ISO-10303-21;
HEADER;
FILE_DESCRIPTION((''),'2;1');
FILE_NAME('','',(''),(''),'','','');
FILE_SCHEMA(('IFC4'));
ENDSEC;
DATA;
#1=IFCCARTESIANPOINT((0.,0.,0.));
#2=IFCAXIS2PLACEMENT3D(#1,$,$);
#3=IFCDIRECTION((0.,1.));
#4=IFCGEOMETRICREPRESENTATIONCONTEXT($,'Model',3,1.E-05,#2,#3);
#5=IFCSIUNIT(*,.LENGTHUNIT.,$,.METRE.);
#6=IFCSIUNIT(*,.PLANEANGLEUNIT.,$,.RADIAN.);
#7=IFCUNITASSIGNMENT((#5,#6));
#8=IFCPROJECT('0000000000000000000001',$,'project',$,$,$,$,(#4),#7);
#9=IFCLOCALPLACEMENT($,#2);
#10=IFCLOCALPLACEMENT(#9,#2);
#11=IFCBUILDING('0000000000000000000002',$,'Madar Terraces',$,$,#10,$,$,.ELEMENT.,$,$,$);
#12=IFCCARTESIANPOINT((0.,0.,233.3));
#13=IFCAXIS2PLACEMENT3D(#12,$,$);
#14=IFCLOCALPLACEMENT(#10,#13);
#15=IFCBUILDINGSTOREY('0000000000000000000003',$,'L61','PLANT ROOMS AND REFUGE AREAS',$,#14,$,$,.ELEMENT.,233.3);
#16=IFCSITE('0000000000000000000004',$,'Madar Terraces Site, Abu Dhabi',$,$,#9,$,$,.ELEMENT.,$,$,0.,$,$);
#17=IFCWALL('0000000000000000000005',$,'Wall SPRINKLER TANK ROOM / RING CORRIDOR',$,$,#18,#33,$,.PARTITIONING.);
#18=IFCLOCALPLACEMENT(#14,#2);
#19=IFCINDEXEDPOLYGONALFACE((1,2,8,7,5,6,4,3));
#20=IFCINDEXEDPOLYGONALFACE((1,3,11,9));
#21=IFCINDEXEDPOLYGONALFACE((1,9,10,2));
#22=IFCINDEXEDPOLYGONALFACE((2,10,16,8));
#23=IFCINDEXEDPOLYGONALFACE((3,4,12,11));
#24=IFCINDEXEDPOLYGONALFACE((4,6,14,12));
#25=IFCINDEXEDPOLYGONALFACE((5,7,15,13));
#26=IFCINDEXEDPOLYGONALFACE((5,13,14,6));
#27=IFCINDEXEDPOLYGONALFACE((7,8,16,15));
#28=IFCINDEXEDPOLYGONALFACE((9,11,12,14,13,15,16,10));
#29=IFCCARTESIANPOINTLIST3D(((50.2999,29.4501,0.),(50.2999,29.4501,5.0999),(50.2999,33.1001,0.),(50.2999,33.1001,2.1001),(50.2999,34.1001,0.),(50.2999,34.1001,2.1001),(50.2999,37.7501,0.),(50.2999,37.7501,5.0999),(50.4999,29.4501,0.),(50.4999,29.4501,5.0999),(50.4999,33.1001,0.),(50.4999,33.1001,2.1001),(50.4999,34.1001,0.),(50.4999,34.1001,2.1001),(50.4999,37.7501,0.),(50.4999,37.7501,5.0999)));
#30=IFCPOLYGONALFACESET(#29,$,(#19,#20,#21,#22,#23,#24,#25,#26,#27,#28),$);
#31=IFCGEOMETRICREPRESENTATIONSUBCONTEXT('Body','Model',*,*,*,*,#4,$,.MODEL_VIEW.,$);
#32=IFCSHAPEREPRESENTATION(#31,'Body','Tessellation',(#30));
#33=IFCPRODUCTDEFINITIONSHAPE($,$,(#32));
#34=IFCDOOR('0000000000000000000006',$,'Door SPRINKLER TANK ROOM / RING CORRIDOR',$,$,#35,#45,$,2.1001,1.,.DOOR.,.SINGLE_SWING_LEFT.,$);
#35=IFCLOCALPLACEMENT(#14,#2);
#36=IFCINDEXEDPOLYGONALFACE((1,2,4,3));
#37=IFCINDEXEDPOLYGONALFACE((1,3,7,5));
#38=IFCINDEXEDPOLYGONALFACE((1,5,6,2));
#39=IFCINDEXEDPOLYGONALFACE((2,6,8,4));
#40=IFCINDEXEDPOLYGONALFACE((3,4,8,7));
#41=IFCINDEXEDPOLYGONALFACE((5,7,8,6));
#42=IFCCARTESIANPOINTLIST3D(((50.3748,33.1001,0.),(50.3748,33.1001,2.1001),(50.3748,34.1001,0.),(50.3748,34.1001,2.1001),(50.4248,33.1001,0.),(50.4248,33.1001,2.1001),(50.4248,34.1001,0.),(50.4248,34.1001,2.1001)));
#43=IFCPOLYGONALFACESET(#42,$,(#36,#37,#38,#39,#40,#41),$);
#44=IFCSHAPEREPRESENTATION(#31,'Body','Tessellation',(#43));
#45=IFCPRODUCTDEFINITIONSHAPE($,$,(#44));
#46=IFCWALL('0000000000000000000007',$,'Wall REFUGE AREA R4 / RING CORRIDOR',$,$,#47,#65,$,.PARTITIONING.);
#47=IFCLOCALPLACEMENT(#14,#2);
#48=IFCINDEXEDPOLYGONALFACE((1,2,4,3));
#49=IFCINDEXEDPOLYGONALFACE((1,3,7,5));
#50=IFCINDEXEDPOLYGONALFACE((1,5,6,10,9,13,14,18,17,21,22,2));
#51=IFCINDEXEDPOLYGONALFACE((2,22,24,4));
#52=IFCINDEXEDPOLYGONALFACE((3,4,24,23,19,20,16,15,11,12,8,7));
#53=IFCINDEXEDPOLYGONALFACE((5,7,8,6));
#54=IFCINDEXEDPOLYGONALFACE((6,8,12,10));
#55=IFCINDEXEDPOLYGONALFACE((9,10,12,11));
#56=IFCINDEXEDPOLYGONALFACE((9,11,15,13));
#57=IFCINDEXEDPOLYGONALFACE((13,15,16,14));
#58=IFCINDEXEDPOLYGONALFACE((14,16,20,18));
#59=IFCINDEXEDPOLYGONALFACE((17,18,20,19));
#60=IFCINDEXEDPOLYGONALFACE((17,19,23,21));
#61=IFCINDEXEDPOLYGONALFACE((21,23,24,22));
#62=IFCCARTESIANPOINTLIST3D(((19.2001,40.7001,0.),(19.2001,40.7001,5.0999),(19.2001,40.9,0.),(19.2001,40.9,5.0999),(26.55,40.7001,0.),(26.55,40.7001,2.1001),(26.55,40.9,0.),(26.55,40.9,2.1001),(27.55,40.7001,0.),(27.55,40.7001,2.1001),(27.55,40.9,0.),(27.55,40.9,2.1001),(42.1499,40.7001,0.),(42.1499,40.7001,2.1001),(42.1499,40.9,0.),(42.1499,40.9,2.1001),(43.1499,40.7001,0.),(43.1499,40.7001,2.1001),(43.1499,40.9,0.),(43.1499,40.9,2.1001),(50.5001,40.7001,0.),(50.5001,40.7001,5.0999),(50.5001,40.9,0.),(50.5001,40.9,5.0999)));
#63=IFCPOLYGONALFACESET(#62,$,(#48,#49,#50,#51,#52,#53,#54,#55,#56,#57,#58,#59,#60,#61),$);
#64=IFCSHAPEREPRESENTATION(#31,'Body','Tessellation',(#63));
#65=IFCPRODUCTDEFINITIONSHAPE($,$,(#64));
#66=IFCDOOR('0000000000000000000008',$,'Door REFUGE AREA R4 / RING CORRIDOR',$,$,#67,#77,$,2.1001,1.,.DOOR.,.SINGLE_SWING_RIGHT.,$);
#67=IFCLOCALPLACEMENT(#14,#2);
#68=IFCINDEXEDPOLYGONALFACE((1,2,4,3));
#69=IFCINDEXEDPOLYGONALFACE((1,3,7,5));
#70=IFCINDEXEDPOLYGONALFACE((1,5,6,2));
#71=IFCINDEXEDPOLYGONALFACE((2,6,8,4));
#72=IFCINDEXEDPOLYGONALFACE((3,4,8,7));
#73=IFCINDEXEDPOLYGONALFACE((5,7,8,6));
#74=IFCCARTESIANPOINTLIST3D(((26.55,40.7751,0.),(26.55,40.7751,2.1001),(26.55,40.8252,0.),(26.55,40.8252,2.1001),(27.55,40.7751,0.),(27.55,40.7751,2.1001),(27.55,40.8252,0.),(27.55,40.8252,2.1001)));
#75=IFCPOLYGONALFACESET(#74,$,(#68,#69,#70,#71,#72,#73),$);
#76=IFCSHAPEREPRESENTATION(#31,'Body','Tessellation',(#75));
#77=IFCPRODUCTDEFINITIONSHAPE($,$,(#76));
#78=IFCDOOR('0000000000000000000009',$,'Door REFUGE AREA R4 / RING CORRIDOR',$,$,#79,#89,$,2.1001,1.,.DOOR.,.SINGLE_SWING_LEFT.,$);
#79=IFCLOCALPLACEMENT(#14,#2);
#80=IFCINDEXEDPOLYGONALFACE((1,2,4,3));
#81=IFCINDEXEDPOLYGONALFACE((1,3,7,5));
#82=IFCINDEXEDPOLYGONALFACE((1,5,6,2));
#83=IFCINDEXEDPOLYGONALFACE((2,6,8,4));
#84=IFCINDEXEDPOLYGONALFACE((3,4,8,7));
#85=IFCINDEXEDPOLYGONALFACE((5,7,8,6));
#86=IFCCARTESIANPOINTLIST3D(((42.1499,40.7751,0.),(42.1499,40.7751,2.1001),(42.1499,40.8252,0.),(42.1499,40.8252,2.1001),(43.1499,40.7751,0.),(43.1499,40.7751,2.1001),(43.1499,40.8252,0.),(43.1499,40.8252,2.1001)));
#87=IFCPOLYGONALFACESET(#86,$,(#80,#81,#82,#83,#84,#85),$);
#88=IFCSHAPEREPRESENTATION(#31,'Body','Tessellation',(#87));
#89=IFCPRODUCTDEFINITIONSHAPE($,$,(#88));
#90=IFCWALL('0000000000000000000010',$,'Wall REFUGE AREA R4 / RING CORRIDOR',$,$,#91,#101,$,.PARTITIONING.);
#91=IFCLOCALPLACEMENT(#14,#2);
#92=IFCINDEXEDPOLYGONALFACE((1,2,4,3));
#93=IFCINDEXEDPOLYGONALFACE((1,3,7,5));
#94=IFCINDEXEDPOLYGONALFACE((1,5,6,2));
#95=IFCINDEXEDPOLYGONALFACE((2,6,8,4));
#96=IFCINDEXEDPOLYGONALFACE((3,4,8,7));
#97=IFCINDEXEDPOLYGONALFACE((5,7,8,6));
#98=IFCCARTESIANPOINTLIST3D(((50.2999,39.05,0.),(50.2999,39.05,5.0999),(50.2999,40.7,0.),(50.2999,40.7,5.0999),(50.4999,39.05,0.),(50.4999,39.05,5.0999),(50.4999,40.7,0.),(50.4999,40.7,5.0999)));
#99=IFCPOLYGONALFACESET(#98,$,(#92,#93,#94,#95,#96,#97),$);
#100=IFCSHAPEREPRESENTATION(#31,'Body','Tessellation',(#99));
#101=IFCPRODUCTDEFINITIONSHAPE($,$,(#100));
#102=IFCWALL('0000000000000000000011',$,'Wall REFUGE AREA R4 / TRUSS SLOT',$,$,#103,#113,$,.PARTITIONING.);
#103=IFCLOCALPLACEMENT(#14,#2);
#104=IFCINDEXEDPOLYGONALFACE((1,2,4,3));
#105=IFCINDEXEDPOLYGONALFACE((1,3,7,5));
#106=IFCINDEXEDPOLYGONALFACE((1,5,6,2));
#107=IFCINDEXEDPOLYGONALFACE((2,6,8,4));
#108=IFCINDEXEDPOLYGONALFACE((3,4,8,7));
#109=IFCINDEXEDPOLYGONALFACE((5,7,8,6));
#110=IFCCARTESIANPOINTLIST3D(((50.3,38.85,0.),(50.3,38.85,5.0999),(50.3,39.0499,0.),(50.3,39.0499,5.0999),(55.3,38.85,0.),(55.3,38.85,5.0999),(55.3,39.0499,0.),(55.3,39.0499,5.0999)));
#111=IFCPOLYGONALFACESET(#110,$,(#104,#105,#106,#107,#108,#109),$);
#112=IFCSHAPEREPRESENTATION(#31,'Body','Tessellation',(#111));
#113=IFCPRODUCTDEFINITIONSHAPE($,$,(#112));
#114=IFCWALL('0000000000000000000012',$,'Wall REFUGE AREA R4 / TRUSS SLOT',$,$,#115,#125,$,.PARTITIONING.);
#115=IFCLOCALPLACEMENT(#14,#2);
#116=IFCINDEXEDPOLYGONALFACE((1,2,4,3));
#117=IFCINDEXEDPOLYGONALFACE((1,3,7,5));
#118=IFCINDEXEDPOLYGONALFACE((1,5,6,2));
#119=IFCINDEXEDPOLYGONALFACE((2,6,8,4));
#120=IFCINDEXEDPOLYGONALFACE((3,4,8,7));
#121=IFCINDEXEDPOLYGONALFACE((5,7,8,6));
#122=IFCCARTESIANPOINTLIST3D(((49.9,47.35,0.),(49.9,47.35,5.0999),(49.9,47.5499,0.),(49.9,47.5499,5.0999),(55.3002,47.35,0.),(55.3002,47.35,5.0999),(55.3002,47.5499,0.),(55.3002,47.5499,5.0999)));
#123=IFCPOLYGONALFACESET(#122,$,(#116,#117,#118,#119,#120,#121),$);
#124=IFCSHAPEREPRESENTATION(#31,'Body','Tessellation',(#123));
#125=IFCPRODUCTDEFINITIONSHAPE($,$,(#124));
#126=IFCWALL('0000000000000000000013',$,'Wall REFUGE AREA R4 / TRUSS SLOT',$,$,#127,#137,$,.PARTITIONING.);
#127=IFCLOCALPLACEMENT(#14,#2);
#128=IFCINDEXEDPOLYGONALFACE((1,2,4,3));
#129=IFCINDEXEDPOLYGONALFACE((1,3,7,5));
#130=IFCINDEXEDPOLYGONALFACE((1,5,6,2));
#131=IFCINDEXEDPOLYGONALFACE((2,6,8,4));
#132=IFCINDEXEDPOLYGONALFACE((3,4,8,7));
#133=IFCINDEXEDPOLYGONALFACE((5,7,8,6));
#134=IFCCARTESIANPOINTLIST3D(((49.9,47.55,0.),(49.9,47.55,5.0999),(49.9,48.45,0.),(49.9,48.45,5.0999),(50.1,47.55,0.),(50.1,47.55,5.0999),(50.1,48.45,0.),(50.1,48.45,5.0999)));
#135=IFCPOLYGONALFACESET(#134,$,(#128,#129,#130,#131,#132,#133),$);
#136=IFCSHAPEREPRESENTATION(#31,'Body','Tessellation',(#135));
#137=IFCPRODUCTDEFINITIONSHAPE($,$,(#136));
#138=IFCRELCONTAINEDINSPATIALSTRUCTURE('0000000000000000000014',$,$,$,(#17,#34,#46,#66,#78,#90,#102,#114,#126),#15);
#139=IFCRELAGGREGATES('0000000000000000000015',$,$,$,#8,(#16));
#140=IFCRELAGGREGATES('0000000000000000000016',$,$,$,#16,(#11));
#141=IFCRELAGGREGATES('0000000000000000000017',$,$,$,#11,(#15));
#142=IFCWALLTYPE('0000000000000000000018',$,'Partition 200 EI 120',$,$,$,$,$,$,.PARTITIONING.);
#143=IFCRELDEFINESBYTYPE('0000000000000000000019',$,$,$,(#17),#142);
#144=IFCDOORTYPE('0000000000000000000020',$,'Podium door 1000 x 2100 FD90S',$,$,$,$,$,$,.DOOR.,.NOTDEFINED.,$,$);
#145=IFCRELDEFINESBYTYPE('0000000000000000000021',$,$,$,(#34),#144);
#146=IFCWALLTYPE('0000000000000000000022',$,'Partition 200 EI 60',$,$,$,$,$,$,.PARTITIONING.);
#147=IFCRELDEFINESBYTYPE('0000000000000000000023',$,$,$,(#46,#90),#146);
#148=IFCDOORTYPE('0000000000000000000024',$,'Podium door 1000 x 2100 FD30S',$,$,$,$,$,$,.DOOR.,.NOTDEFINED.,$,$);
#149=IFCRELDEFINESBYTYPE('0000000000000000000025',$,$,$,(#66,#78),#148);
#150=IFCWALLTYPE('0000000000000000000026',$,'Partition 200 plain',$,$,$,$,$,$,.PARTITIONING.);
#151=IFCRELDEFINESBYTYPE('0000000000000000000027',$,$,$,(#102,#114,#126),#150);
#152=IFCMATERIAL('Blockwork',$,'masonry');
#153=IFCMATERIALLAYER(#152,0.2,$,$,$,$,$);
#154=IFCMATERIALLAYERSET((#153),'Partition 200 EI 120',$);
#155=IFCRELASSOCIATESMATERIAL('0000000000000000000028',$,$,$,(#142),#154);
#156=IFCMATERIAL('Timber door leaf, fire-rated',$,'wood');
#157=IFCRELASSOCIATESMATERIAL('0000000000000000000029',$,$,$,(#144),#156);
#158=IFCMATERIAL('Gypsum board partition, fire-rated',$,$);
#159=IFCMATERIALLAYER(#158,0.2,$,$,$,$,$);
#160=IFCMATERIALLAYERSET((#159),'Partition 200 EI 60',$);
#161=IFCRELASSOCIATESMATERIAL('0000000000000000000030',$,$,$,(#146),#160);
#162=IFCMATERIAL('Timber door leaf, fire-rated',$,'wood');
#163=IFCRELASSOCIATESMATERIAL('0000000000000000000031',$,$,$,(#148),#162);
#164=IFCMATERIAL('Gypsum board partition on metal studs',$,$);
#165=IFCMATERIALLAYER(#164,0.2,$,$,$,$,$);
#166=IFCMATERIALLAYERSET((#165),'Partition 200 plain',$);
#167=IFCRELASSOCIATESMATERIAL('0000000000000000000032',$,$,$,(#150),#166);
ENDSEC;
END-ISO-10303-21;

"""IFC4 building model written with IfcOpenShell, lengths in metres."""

from ifc_helpers import new_model, si_unit, direction, frame, frame_2d, origin, place, context, subcontext, project, spatial, rectangle, extrude, material, layer, layer_set, type_object, element, fill, save


model = new_model("IFC4")

# Units and contexts
model_context = context("Model", 3, precision=1e-05, world=origin(), true_north=direction((0.0, 1.0)))
body_context = subcontext(model_context, "Body", "Model", "MODEL_VIEW")
ifc_project = project(units=[si_unit("LENGTHUNIT", "METRE"), si_unit("PLANEANGLEUNIT", "RADIAN")], contexts=[model_context])

# Site, building, storey
site_placement = place(None, origin())
site = spatial("IfcSite", under=ifc_project, at=site_placement, Name="Madar Terraces Site, Abu Dhabi", CompositionType="ELEMENT", RefElevation=0.0)
building_placement = place(site_placement, origin())
building = spatial("IfcBuilding", under=site, at=building_placement, Name="Madar Terraces", CompositionType="ELEMENT")
storey_placement = place(building_placement, frame((0.0, 0.0, 233.3)))
storey = spatial("IfcBuildingStorey", under=building, at=storey_placement, Name="L61", Description="PLANT ROOMS AND REFUGE AREAS", CompositionType="ELEMENT", Elevation=233.3)

# Shared definitions
ifc_material_1 = material(Name="Blockwork", Category="masonry")
ifc_layer_1 = layer(ifc_material_1, 0.2)
ifc_layer_set_1 = layer_set([ifc_layer_1], Name="Partition 200 EI 120")
wall_type_1 = type_object("IfcWallType", Name="Partition 200 EI 120", PredefinedType="PARTITIONING", material=ifc_layer_set_1)

# Wall, opening, door
wall_1_placement = place(storey_placement, frame((50.3999, 37.75, 0.0), z_axis=(0.0, 0.0, 1.0), x_axis=(0.0, -1.0, 0.0)))
wall_1 = element("IfcWall", 1, at=wall_1_placement, inside=storey, type_object=wall_type_1, Name="Wall SPRINKLER TANK ROOM / RING CORRIDOR", PredefinedType="PARTITIONING", context=body_context, shape_type="SweptSolid", body=[
    extrude(rectangle(XDim=8.3, YDim=0.2, at=frame_2d((4.1499, 0.0))), origin(), (0.0, 0.0, 1.0), 5.0999),
])
opening_1_placement = place(wall_1_placement, frame((3.6499, 0.0, 0.0)))
opening_1 = element("IfcOpeningElement", 2, at=opening_1_placement, cuts=wall_1, PredefinedType="OPENING", context=body_context, shape_type="SweptSolid", body=[
    extrude(rectangle(XDim=1.0, YDim=2.1001, at=frame_2d((0.5, 1.05))), frame((0.0, 0.1099, 0.0), z_axis=(0.0, -1.0, 0.0), x_axis=(1.0, 0.0, 0.0)), (0.0, 0.0, 1.0), 0.22),
])
ifc_material_2 = material(Name="Timber door leaf, fire-rated", Category="wood")
door_type_1 = type_object("IfcDoorType", Name="Podium door 1000 x 2100 FD90S", OperationType="NOTDEFINED", PredefinedType="DOOR", material=ifc_material_2)
door_1_placement = place(opening_1_placement, origin())
door_1 = element("IfcDoor", 3, at=door_1_placement, inside=storey, type_object=door_type_1, Name="Door SPRINKLER TANK ROOM / RING CORRIDOR", OperationType="SINGLE_SWING_LEFT", OverallHeight=2.1001, OverallWidth=1.0, PredefinedType="DOOR", context=body_context, shape_type="SweptSolid", body=[
    extrude(rectangle(XDim=1.0, YDim=2.1001, at=frame_2d((0.5, 1.05))), frame((0.0, 0.0249, 0.0), z_axis=(0.0, -1.0, 0.0), x_axis=(1.0, 0.0, 0.0)), (0.0, 0.0, 1.0), 0.05),
])
fill(opening_1, door_1)

# Wall, openings, doors
ifc_material_3 = material(Name="Gypsum board partition, fire-rated")
ifc_layer_2 = layer(ifc_material_3, 0.2)
ifc_layer_set_2 = layer_set([ifc_layer_2], Name="Partition 200 EI 60")
wall_type_2 = type_object("IfcWallType", Name="Partition 200 EI 60", PredefinedType="PARTITIONING", material=ifc_layer_set_2)
wall_2_placement = place(storey_placement, frame((50.5, 40.8, 0.0), z_axis=(0.0, 0.0, 1.0), x_axis=(-1.0, 0.0, 0.0)))
wall_2 = element("IfcWall", 4, at=wall_2_placement, inside=storey, type_object=wall_type_2, Name="Wall REFUGE AREA R4 / RING CORRIDOR", PredefinedType="PARTITIONING", context=body_context, shape_type="SweptSolid", body=[
    extrude(rectangle(XDim=31.3, YDim=0.2, at=frame_2d((15.6499, 0.0))), origin(), (0.0, 0.0, 1.0), 5.0999),
])
opening_2_placement = place(wall_2_placement, frame((22.95, 0.0, 0.0)))
opening_2 = element("IfcOpeningElement", 5, at=opening_2_placement, cuts=wall_2, PredefinedType="OPENING", context=body_context, shape_type="SweptSolid", body=[
    extrude(rectangle(XDim=1.0, YDim=2.1001, at=frame_2d((0.5, 1.05))), frame((0.0, 0.1099, 0.0), z_axis=(0.0, -1.0, 0.0), x_axis=(1.0, 0.0, 0.0)), (0.0, 0.0, 1.0), 0.22),
])
opening_3_placement = place(wall_2_placement, frame((7.3501, 0.0, 0.0)))
opening_3 = element("IfcOpeningElement", 6, at=opening_3_placement, cuts=wall_2, PredefinedType="OPENING", context=body_context, shape_type="SweptSolid", body=[
    extrude(rectangle(XDim=1.0, YDim=2.1001, at=frame_2d((0.5, 1.05))), frame((0.0, 0.1099, 0.0), z_axis=(0.0, -1.0, 0.0), x_axis=(1.0, 0.0, 0.0)), (0.0, 0.0, 1.0), 0.22),
])
ifc_material_4 = material(Name="Timber door leaf, fire-rated", Category="wood")
door_type_2 = type_object("IfcDoorType", Name="Podium door 1000 x 2100 FD30S", OperationType="NOTDEFINED", PredefinedType="DOOR", material=ifc_material_4)
door_2_placement = place(opening_2_placement, origin())
door_2 = element("IfcDoor", 7, at=door_2_placement, inside=storey, type_object=door_type_2, Name="Door REFUGE AREA R4 / RING CORRIDOR", OperationType="SINGLE_SWING_RIGHT", OverallHeight=2.1001, OverallWidth=1.0, PredefinedType="DOOR", context=body_context, shape_type="SweptSolid", body=[
    extrude(rectangle(XDim=1.0, YDim=2.1001, at=frame_2d((0.5, 1.05))), frame((0.0, 0.0249, 0.0), z_axis=(0.0, -1.0, 0.0), x_axis=(1.0, 0.0, 0.0)), (0.0, 0.0, 1.0), 0.05),
])
fill(opening_2, door_2)
door_3_placement = place(opening_3_placement, origin())
door_3 = element("IfcDoor", 8, at=door_3_placement, inside=storey, type_object=door_type_2, Name="Door REFUGE AREA R4 / RING CORRIDOR", OperationType="SINGLE_SWING_LEFT", OverallHeight=2.1001, OverallWidth=1.0, PredefinedType="DOOR", context=body_context, shape_type="SweptSolid", body=[
    extrude(rectangle(XDim=1.0, YDim=2.1001, at=frame_2d((0.5, 1.05))), frame((0.0, 0.0249, 0.0), z_axis=(0.0, -1.0, 0.0), x_axis=(1.0, 0.0, 0.0)), (0.0, 0.0, 1.0), 0.05),
])
fill(opening_3, door_3)

# Walls
wall_3_placement = place(storey_placement, frame((50.3999, 39.05, 0.0), z_axis=(0.0, 0.0, 1.0), x_axis=(0.0, 1.0, 0.0)))
element("IfcWall", 9, at=wall_3_placement, inside=storey, type_object=wall_type_2, Name="Wall REFUGE AREA R4 / RING CORRIDOR", PredefinedType="PARTITIONING", context=body_context, shape_type="SweptSolid", body=[
    extrude(rectangle(XDim=1.6499, YDim=0.2, at=frame_2d((0.825, 0.0))), origin(), (0.0, 0.0, 1.0), 5.0999),
])
ifc_material_5 = material(Name="Gypsum board partition on metal studs")
ifc_layer_3 = layer(ifc_material_5, 0.2)
ifc_layer_set_3 = layer_set([ifc_layer_3], Name="Partition 200 plain")
wall_type_3 = type_object("IfcWallType", Name="Partition 200 plain", PredefinedType="PARTITIONING", material=ifc_layer_set_3)
wall_4_placement = place(storey_placement, frame((50.3, 38.95, 0.0), z_axis=(0.0, 0.0, 1.0), x_axis=(1.0, 0.0, 0.0)))
element("IfcWall", 10, at=wall_4_placement, inside=storey, type_object=wall_type_3, Name="Wall REFUGE AREA R4 / TRUSS SLOT", PredefinedType="PARTITIONING", context=body_context, shape_type="SweptSolid", body=[
    extrude(rectangle(XDim=5.0, YDim=0.2, at=frame_2d((2.5, 0.0))), origin(), (0.0, 0.0, 1.0), 5.0999),
])
wall_5_placement = place(storey_placement, frame((49.8999, 47.45, 0.0), z_axis=(0.0, 0.0, 1.0), x_axis=(1.0, 0.0, 0.0)))
element("IfcWall", 11, at=wall_5_placement, inside=storey, type_object=wall_type_3, Name="Wall REFUGE AREA R4 / TRUSS SLOT", PredefinedType="PARTITIONING", context=body_context, shape_type="SweptSolid", body=[
    extrude(rectangle(XDim=5.4001, YDim=0.2, at=frame_2d((2.7002, 0.0))), origin(), (0.0, 0.0, 1.0), 5.0999),
])
wall_6_placement = place(storey_placement, frame((50.0, 47.55, 0.0), z_axis=(0.0, 0.0, 1.0), x_axis=(0.0, 1.0, 0.0)))
element("IfcWall", 12, at=wall_6_placement, inside=storey, type_object=wall_type_3, Name="Wall REFUGE AREA R4 / TRUSS SLOT", PredefinedType="PARTITIONING", context=body_context, shape_type="SweptSolid", body=[
    extrude(rectangle(XDim=0.8999, YDim=0.2, at=frame_2d((0.45, 0.0))), origin(), (0.0, 0.0, 1.0), 5.0999),
])

save(model, "model.ifc")
